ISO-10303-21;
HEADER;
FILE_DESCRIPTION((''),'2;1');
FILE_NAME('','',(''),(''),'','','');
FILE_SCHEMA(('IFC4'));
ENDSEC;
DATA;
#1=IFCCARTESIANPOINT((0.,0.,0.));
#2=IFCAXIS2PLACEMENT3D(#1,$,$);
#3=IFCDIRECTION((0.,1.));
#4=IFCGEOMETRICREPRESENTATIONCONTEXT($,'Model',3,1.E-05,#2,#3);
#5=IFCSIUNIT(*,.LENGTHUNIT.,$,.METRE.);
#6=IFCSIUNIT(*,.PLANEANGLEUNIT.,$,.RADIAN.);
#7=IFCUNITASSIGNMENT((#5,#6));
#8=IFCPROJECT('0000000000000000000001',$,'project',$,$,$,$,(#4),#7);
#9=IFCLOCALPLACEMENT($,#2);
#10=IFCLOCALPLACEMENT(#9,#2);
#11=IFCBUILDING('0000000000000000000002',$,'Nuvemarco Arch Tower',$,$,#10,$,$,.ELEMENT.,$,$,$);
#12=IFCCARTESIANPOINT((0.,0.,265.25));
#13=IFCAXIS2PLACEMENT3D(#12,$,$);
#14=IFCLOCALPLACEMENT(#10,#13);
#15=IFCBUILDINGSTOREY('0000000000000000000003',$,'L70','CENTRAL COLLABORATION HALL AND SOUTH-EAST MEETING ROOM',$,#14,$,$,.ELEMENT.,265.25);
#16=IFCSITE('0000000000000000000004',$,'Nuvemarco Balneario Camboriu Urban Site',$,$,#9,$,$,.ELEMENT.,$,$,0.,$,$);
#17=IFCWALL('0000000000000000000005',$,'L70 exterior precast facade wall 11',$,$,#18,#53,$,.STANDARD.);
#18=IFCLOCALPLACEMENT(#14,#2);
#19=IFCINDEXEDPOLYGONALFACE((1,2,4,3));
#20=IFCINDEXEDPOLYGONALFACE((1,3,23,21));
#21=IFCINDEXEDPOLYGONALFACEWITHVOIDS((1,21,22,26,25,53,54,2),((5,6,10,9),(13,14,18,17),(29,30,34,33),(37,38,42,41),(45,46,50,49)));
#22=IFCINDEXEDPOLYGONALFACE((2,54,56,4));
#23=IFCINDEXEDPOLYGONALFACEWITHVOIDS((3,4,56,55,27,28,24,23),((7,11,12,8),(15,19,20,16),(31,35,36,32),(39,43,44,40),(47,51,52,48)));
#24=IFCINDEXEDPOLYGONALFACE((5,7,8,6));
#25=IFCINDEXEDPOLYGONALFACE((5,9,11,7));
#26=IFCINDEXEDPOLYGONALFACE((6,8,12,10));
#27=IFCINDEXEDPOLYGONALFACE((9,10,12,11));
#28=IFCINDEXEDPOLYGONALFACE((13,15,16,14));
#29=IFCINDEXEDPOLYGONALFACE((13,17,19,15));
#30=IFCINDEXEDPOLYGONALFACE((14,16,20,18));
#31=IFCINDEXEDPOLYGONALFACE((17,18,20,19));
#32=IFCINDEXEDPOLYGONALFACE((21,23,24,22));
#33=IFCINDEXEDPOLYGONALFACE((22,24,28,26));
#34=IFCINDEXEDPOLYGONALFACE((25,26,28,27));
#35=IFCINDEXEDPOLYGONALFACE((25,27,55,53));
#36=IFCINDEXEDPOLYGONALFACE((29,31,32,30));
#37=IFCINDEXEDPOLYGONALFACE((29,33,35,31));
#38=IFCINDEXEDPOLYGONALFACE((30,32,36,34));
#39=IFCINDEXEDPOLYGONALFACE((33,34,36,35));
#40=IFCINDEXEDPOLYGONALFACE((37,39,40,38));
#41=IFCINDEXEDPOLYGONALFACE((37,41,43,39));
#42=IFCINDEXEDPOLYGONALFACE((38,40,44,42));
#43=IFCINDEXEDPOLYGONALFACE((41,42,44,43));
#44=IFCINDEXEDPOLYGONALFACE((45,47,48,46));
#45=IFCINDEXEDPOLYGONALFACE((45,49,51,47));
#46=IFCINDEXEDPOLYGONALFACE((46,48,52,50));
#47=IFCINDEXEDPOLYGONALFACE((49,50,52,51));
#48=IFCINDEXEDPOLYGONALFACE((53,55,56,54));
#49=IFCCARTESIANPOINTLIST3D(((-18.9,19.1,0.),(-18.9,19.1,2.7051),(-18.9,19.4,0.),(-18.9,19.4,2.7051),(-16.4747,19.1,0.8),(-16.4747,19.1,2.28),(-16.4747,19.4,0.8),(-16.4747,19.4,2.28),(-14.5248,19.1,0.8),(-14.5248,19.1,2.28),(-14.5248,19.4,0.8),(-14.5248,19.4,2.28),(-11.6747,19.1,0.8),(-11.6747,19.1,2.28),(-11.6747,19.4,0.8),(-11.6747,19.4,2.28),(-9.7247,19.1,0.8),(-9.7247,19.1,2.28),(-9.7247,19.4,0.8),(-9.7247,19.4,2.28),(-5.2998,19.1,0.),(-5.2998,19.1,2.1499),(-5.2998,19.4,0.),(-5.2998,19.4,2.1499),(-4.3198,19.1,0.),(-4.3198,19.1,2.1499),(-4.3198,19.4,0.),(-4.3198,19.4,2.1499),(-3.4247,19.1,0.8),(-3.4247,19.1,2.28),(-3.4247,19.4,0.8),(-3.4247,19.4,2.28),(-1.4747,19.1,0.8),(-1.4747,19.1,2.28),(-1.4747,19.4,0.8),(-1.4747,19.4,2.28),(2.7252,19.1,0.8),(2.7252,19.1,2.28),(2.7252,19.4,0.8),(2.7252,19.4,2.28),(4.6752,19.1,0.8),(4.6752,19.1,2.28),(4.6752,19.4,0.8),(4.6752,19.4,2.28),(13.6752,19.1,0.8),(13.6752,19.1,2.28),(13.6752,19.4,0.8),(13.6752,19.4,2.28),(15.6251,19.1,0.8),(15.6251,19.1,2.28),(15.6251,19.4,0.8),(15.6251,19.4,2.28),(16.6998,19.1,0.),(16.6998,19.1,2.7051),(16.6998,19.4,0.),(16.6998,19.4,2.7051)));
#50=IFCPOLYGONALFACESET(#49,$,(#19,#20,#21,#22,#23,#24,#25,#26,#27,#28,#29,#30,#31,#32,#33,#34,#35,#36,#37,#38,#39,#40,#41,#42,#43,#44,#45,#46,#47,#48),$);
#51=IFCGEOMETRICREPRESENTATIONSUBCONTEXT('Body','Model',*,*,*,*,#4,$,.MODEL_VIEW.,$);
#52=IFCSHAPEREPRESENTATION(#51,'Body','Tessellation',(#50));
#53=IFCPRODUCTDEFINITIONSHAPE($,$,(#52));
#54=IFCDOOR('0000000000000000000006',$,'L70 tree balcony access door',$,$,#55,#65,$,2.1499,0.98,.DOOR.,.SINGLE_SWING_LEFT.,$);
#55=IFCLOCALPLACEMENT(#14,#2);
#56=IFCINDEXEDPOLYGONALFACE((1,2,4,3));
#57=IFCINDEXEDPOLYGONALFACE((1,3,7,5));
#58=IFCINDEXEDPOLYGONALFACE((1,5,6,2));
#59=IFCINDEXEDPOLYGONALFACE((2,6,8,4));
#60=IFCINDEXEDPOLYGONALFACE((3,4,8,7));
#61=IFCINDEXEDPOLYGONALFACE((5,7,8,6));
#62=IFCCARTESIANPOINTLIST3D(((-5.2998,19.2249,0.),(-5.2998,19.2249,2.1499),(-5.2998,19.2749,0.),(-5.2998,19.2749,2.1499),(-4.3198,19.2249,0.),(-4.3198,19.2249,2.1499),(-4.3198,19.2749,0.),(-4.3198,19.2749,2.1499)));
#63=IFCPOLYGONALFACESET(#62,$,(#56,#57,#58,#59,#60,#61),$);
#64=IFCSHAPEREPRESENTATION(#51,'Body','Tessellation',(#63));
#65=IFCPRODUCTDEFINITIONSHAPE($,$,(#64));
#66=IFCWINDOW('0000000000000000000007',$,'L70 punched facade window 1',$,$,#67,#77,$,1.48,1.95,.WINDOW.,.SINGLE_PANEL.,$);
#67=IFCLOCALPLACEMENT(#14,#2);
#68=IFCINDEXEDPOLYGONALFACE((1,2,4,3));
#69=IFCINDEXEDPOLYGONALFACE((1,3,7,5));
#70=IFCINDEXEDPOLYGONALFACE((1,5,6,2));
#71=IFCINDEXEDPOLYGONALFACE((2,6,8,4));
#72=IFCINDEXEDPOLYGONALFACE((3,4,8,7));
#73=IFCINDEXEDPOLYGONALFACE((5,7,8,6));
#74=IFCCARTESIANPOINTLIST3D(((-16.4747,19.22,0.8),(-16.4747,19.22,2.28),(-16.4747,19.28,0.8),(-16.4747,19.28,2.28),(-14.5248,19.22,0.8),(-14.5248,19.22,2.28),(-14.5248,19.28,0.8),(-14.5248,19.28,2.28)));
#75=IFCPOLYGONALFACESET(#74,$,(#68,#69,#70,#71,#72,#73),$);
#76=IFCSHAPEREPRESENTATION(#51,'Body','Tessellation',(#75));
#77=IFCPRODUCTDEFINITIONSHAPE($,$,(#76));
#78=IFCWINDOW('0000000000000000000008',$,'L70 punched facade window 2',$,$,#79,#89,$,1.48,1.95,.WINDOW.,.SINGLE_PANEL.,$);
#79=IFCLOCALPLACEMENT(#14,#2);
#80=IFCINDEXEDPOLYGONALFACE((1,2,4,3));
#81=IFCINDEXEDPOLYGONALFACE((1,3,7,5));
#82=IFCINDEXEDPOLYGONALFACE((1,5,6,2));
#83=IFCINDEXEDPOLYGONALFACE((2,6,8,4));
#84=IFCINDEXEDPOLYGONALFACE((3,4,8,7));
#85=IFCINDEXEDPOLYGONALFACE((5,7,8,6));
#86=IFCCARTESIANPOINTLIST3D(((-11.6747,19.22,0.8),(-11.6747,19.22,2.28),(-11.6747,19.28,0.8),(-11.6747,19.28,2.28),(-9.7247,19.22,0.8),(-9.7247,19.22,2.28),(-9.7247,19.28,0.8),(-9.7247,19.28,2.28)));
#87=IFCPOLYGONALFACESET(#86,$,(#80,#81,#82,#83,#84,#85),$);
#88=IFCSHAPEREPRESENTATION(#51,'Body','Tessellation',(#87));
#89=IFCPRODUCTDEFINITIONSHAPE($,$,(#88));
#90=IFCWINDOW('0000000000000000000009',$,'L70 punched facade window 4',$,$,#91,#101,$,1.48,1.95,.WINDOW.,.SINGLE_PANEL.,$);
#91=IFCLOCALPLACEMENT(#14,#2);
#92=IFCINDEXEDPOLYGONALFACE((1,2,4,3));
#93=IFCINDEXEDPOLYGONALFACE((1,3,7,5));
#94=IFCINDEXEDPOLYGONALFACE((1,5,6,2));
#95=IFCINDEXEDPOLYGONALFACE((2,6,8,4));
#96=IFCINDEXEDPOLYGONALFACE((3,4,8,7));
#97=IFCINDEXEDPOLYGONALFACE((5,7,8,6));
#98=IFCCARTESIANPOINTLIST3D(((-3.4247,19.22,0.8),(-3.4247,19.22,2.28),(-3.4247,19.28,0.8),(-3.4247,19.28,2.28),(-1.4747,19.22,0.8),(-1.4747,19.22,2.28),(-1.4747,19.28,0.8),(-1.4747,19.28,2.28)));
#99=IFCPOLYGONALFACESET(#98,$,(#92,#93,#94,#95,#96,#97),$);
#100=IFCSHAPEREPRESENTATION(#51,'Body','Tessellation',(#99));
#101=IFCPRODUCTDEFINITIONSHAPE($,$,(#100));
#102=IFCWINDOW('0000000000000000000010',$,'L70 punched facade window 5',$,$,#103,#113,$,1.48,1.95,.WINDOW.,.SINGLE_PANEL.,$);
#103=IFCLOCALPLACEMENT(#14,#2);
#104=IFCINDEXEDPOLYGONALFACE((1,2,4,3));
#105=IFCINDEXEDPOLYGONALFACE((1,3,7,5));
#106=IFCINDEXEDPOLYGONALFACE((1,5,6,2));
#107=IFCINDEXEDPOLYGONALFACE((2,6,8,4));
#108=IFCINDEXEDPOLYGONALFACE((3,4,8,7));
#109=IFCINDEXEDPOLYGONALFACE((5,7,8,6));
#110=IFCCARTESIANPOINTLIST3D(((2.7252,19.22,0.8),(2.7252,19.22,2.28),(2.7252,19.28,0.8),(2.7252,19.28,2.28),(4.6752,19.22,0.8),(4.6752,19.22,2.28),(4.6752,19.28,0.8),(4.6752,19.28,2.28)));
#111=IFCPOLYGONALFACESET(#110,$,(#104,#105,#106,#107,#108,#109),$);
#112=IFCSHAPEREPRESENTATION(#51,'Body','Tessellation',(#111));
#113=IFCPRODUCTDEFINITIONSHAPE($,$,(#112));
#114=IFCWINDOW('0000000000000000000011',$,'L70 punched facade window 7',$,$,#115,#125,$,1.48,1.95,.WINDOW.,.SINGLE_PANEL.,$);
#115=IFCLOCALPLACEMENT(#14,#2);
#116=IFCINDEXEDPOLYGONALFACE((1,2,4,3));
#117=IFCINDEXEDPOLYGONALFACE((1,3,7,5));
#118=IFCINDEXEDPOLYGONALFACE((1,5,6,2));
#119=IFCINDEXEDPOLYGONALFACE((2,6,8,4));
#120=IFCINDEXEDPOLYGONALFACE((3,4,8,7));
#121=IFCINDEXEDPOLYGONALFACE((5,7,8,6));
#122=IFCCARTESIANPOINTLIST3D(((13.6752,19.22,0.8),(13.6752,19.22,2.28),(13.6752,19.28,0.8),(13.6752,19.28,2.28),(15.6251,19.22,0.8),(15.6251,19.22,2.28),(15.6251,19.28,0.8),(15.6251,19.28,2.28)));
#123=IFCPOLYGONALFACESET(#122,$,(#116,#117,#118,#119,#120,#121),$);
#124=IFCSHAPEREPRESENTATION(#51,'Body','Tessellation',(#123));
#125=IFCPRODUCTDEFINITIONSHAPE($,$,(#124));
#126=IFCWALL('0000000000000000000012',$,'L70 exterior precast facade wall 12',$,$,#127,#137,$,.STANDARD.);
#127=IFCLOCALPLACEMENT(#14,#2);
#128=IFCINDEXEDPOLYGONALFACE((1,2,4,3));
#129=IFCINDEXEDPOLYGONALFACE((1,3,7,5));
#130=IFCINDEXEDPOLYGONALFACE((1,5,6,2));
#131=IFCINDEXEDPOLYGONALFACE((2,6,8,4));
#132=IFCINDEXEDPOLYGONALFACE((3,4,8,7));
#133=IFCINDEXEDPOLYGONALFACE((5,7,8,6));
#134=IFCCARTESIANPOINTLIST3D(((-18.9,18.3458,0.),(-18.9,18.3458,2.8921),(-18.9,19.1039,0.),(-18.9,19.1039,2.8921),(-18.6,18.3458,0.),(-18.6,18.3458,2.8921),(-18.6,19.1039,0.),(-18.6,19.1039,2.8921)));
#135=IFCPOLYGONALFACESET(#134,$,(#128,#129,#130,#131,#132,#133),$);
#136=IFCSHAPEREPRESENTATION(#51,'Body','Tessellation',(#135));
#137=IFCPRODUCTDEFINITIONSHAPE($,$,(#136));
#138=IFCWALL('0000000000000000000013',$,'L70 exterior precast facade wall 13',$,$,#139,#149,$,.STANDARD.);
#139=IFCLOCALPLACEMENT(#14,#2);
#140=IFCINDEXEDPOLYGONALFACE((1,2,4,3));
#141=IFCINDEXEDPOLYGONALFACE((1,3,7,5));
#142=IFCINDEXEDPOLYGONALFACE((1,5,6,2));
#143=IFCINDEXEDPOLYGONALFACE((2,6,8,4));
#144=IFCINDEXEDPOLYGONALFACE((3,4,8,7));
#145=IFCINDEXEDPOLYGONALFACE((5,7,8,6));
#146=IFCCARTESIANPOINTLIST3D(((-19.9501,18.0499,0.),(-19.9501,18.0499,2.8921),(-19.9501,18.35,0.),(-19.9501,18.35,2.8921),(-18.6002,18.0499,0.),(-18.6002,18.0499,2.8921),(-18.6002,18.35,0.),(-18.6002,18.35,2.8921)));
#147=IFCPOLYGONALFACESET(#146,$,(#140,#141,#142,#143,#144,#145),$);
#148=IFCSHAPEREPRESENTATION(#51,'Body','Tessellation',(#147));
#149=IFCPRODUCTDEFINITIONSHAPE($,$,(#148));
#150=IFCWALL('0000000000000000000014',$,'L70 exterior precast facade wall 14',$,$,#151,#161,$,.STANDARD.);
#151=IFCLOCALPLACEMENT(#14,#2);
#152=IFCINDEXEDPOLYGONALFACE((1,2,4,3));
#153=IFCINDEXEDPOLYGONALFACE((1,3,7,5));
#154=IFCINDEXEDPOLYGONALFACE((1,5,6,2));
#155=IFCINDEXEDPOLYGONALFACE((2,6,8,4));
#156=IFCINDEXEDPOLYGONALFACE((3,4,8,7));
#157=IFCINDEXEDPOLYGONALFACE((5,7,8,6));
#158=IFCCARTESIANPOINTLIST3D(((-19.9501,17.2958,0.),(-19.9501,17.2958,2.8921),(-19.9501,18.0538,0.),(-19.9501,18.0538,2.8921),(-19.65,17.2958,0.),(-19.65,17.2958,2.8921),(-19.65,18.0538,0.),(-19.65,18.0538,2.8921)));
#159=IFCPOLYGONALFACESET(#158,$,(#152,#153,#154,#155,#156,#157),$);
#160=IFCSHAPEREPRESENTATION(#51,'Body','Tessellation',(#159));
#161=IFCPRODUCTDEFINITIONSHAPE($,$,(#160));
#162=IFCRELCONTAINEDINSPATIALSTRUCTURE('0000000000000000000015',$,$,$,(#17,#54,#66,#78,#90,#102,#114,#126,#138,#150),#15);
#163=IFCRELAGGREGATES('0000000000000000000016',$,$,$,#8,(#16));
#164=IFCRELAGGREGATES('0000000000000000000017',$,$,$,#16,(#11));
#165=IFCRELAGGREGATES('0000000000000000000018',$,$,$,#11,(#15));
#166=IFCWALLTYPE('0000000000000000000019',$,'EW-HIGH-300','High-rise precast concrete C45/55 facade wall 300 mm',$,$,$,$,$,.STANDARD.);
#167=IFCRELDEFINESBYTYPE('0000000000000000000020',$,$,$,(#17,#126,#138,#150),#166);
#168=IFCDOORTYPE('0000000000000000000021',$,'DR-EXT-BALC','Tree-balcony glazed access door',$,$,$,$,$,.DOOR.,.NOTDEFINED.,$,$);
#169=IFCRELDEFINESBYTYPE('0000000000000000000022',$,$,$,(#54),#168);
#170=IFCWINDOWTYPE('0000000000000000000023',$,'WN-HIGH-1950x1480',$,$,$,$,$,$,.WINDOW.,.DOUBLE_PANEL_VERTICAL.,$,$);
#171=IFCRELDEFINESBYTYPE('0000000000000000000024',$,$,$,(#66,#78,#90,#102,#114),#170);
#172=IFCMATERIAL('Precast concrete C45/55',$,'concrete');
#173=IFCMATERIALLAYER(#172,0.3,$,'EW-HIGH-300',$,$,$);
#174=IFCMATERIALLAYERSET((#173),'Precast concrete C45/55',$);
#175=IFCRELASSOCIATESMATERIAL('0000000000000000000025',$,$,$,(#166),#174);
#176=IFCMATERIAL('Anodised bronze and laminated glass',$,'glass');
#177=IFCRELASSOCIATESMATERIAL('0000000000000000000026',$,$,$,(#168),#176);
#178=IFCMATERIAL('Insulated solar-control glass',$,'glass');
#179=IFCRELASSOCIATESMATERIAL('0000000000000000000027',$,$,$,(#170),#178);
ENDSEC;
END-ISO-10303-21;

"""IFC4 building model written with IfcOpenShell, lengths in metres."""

from ifc_helpers import new_model, si_unit, direction, frame, frame_2d, origin, place, context, subcontext, project, spatial, rectangle, extrude, source, transform, mapped, material, layer, layer_set, type_object, type_shapes, element, fill, save


model = new_model("IFC4")

# Units and contexts
model_context = context("Model", 3, precision=1e-05, world=origin(), true_north=direction((0.0, 1.0)))
body_context = subcontext(model_context, "Body", "Model", "MODEL_VIEW")
ifc_project = project(units=[si_unit("LENGTHUNIT", "METRE"), si_unit("PLANEANGLEUNIT", "RADIAN")], contexts=[model_context])

# Site, building, storey
site_placement = place(None, origin())
site = spatial("IfcSite", under=ifc_project, at=site_placement, Name="Nuvemarco Balneario Camboriu Urban Site", CompositionType="ELEMENT", RefElevation=0.0)
building_placement = place(site_placement, origin())
building = spatial("IfcBuilding", under=site, at=building_placement, Name="Nuvemarco Arch Tower", CompositionType="ELEMENT")
storey_placement = place(building_placement, frame((0.0, 0.0, 265.25)))
storey = spatial("IfcBuildingStorey", under=building, at=storey_placement, Name="L70", Description="CENTRAL COLLABORATION HALL AND SOUTH-EAST MEETING ROOM", CompositionType="ELEMENT", Elevation=265.25)

# Wall, openings, door, windows
ifc_material_1 = material(Name="Precast concrete C45/55", Category="concrete")
ifc_layer_1 = layer(ifc_material_1, 0.3, Name="EW-HIGH-300")
ifc_layer_set_1 = layer_set([ifc_layer_1], Name="Precast concrete C45/55")
wall_type_1 = type_object("IfcWallType", Name="EW-HIGH-300", Description="High-rise precast concrete C45/55 facade wall 300 mm", PredefinedType="STANDARD", material=ifc_layer_set_1)
wall_1_placement = place(storey_placement, frame((-18.8999, 19.25, 0.0), z_axis=(0.0, 0.0, 1.0), x_axis=(1.0, 0.0, 0.0)))
wall_1 = element("IfcWall", 1, at=wall_1_placement, inside=storey, type_object=wall_type_1, Name="L70 exterior precast facade wall 11", PredefinedType="STANDARD", context=body_context, shape_type="SweptSolid", body=[
    extrude(rectangle(XDim=35.5999, YDim=0.3, at=frame_2d((17.7998, 0.0))), origin(), (0.0, 0.0, 1.0), 2.7051),
])
opening_1_placement = place(wall_1_placement, frame((13.6001, 0.0, 0.0)))
opening_1 = element("IfcOpeningElement", 2, at=opening_1_placement, cuts=wall_1, PredefinedType="OPENING", context=body_context, shape_type="SweptSolid", body=[
    extrude(rectangle(XDim=0.98, YDim=2.1499, at=frame_2d((0.49, 1.075))), frame((0.0, 0.1599, 0.0), z_axis=(0.0, -1.0, 0.0), x_axis=(1.0, 0.0, 0.0)), (0.0, 0.0, 1.0), 0.3201),
])
opening_2_placement = place(wall_1_placement, frame((2.425, 0.0, 0.8)))
opening_2 = element("IfcOpeningElement", 3, at=opening_2_placement, cuts=wall_1, PredefinedType="OPENING", context=body_context, shape_type="SweptSolid", body=[
    extrude(rectangle(XDim=1.95, YDim=1.48, at=frame_2d((0.9751, 0.74))), frame((0.0, 0.1599, 0.0), z_axis=(0.0, -1.0, 0.0), x_axis=(1.0, 0.0, 0.0)), (0.0, 0.0, 1.0), 0.3201),
])
opening_3_placement = place(wall_1_placement, frame((7.2251, 0.0, 0.8)))
opening_3 = element("IfcOpeningElement", 4, at=opening_3_placement, cuts=wall_1, PredefinedType="OPENING", context=body_context, shape_type="SweptSolid", body=[
    extrude(rectangle(XDim=1.95, YDim=1.48, at=frame_2d((0.9751, 0.74))), frame((0.0, 0.1599, 0.0), z_axis=(0.0, -1.0, 0.0), x_axis=(1.0, 0.0, 0.0)), (0.0, 0.0, 1.0), 0.3201),
])
opening_4_placement = place(wall_1_placement, frame((15.4751, 0.0, 0.8)))
opening_4 = element("IfcOpeningElement", 5, at=opening_4_placement, cuts=wall_1, PredefinedType="OPENING", context=body_context, shape_type="SweptSolid", body=[
    extrude(rectangle(XDim=1.95, YDim=1.48, at=frame_2d((0.9751, 0.74))), frame((0.0, 0.1599, 0.0), z_axis=(0.0, -1.0, 0.0), x_axis=(1.0, 0.0, 0.0)), (0.0, 0.0, 1.0), 0.3201),
])
opening_5_placement = place(wall_1_placement, frame((21.625, 0.0, 0.8)))
opening_5 = element("IfcOpeningElement", 6, at=opening_5_placement, cuts=wall_1, PredefinedType="OPENING", context=body_context, shape_type="SweptSolid", body=[
    extrude(rectangle(XDim=1.95, YDim=1.48, at=frame_2d((0.9751, 0.74))), frame((0.0, 0.1599, 0.0), z_axis=(0.0, -1.0, 0.0), x_axis=(1.0, 0.0, 0.0)), (0.0, 0.0, 1.0), 0.3201),
])
opening_6_placement = place(wall_1_placement, frame((32.575, 0.0, 0.8)))
opening_6 = element("IfcOpeningElement", 7, at=opening_6_placement, cuts=wall_1, PredefinedType="OPENING", context=body_context, shape_type="SweptSolid", body=[
    extrude(rectangle(XDim=1.95, YDim=1.48, at=frame_2d((0.9751, 0.74))), frame((0.0, 0.1599, 0.0), z_axis=(0.0, -1.0, 0.0), x_axis=(1.0, 0.0, 0.0)), (0.0, 0.0, 1.0), 0.3201),
])
ifc_material_2 = material(Name="Anodised bronze and laminated glass", Category="glass")
door_type_1 = type_object("IfcDoorType", Name="DR-EXT-BALC", Description="Tree-balcony glazed access door", OperationType="NOTDEFINED", PredefinedType="DOOR", material=ifc_material_2)
shared_shape_1 = source(origin(), body_context, "Body", "SweptSolid", [
    extrude(rectangle(XDim=0.98, YDim=2.1499, at=frame_2d((0.49, 1.075))), frame((0.0, 0.0249, 0.0), z_axis=(0.0, -1.0, 0.0), x_axis=(1.0, 0.0, 0.0)), (0.0, 0.0, 1.0), 0.05),
])
type_shapes(door_type_1, [shared_shape_1])
door_1_placement = place(opening_1_placement, origin())
door_1 = element("IfcDoor", 8, at=door_1_placement, inside=storey, type_object=door_type_1, Name="L70 tree balcony access door", OperationType="SINGLE_SWING_LEFT", OverallHeight=2.1499, OverallWidth=0.98, PredefinedType="DOOR", context=body_context, shape_type="MappedRepresentation", body=[
    mapped(shared_shape_1, transform((0.0, 0.0, 0.0), scale=1.0)),
])
fill(opening_1, door_1)
ifc_material_3 = material(Name="Insulated solar-control glass", Category="glass")
window_type = type_object("IfcWindowType", Name="WN-HIGH-1950x1480", PartitioningType="DOUBLE_PANEL_VERTICAL", PredefinedType="WINDOW", material=ifc_material_3)
shared_shape_2 = source(origin(), body_context, "Body", "SweptSolid", [
    extrude(rectangle(XDim=1.95, YDim=1.48, at=frame_2d((0.9751, 0.74))), frame((0.0, 0.03, 0.0), z_axis=(0.0, -1.0, 0.0), x_axis=(1.0, 0.0, 0.0)), (0.0, 0.0, 1.0), 0.0601),
])
type_shapes(window_type, [shared_shape_2])
window_1_placement = place(opening_2_placement, origin())
window_1 = element("IfcWindow", 9, at=window_1_placement, inside=storey, type_object=window_type, Name="L70 punched facade window 1", OverallHeight=1.48, OverallWidth=1.95, PartitioningType="SINGLE_PANEL", PredefinedType="WINDOW", context=body_context, shape_type="MappedRepresentation", body=[
    mapped(shared_shape_2, transform((0.0, 0.0, 0.0), scale=1.0)),
])
fill(opening_2, window_1)
window_2_placement = place(opening_3_placement, origin())
window_2 = element("IfcWindow", 10, at=window_2_placement, inside=storey, type_object=window_type, Name="L70 punched facade window 2", OverallHeight=1.48, OverallWidth=1.95, PartitioningType="SINGLE_PANEL", PredefinedType="WINDOW", context=body_context, shape_type="MappedRepresentation", body=[
    mapped(shared_shape_2, transform((0.0, 0.0, 0.0), scale=1.0)),
])
fill(opening_3, window_2)
window_3_placement = place(opening_4_placement, origin())
window_3 = element("IfcWindow", 11, at=window_3_placement, inside=storey, type_object=window_type, Name="L70 punched facade window 4", OverallHeight=1.48, OverallWidth=1.95, PartitioningType="SINGLE_PANEL", PredefinedType="WINDOW", context=body_context, shape_type="MappedRepresentation", body=[
    mapped(shared_shape_2, transform((0.0, 0.0, 0.0), scale=1.0)),
])
fill(opening_4, window_3)
window_4_placement = place(opening_5_placement, origin())
window_4 = element("IfcWindow", 12, at=window_4_placement, inside=storey, type_object=window_type, Name="L70 punched facade window 5", OverallHeight=1.48, OverallWidth=1.95, PartitioningType="SINGLE_PANEL", PredefinedType="WINDOW", context=body_context, shape_type="MappedRepresentation", body=[
    mapped(shared_shape_2, transform((0.0, 0.0, 0.0), scale=1.0)),
])
fill(opening_5, window_4)
window_5_placement = place(opening_6_placement, origin())
window_5 = element("IfcWindow", 13, at=window_5_placement, inside=storey, type_object=window_type, Name="L70 punched facade window 7", OverallHeight=1.48, OverallWidth=1.95, PartitioningType="SINGLE_PANEL", PredefinedType="WINDOW", context=body_context, shape_type="MappedRepresentation", body=[
    mapped(shared_shape_2, transform((0.0, 0.0, 0.0), scale=1.0)),
])
fill(opening_6, window_5)

# Walls
wall_2_placement = place(storey_placement, frame((-18.75, 18.3459, 0.0), z_axis=(0.0, 0.0, 1.0), x_axis=(0.0, 1.0, 0.0)))
element("IfcWall", 14, at=wall_2_placement, inside=storey, type_object=wall_type_1, Name="L70 exterior precast facade wall 12", PredefinedType="STANDARD", context=body_context, shape_type="SweptSolid", body=[
    extrude(rectangle(XDim=0.7581, YDim=0.3, at=frame_2d((0.3789, 0.0))), origin(), (0.0, 0.0, 1.0), 2.8921),
])
wall_3_placement = place(storey_placement, frame((-19.95, 18.2, 0.0), z_axis=(0.0, 0.0, 1.0), x_axis=(1.0, 0.0, 0.0)))
element("IfcWall", 15, at=wall_3_placement, inside=storey, type_object=wall_type_1, Name="L70 exterior precast facade wall 13", PredefinedType="STANDARD", context=body_context, shape_type="SweptSolid", body=[
    extrude(rectangle(XDim=1.3499, YDim=0.3, at=frame_2d((0.6748, 0.0))), origin(), (0.0, 0.0, 1.0), 2.8921),
])
wall_4_placement = place(storey_placement, frame((-19.8, 17.2959, 0.0), z_axis=(0.0, 0.0, 1.0), x_axis=(0.0, 1.0, 0.0)))
element("IfcWall", 16, at=wall_4_placement, inside=storey, type_object=wall_type_1, Name="L70 exterior precast facade wall 14", PredefinedType="STANDARD", context=body_context, shape_type="SweptSolid", body=[
    extrude(rectangle(XDim=0.7581, YDim=0.3, at=frame_2d((0.3789, 0.0))), origin(), (0.0, 0.0, 1.0), 2.8921),
])

save(model, "model.ifc")
